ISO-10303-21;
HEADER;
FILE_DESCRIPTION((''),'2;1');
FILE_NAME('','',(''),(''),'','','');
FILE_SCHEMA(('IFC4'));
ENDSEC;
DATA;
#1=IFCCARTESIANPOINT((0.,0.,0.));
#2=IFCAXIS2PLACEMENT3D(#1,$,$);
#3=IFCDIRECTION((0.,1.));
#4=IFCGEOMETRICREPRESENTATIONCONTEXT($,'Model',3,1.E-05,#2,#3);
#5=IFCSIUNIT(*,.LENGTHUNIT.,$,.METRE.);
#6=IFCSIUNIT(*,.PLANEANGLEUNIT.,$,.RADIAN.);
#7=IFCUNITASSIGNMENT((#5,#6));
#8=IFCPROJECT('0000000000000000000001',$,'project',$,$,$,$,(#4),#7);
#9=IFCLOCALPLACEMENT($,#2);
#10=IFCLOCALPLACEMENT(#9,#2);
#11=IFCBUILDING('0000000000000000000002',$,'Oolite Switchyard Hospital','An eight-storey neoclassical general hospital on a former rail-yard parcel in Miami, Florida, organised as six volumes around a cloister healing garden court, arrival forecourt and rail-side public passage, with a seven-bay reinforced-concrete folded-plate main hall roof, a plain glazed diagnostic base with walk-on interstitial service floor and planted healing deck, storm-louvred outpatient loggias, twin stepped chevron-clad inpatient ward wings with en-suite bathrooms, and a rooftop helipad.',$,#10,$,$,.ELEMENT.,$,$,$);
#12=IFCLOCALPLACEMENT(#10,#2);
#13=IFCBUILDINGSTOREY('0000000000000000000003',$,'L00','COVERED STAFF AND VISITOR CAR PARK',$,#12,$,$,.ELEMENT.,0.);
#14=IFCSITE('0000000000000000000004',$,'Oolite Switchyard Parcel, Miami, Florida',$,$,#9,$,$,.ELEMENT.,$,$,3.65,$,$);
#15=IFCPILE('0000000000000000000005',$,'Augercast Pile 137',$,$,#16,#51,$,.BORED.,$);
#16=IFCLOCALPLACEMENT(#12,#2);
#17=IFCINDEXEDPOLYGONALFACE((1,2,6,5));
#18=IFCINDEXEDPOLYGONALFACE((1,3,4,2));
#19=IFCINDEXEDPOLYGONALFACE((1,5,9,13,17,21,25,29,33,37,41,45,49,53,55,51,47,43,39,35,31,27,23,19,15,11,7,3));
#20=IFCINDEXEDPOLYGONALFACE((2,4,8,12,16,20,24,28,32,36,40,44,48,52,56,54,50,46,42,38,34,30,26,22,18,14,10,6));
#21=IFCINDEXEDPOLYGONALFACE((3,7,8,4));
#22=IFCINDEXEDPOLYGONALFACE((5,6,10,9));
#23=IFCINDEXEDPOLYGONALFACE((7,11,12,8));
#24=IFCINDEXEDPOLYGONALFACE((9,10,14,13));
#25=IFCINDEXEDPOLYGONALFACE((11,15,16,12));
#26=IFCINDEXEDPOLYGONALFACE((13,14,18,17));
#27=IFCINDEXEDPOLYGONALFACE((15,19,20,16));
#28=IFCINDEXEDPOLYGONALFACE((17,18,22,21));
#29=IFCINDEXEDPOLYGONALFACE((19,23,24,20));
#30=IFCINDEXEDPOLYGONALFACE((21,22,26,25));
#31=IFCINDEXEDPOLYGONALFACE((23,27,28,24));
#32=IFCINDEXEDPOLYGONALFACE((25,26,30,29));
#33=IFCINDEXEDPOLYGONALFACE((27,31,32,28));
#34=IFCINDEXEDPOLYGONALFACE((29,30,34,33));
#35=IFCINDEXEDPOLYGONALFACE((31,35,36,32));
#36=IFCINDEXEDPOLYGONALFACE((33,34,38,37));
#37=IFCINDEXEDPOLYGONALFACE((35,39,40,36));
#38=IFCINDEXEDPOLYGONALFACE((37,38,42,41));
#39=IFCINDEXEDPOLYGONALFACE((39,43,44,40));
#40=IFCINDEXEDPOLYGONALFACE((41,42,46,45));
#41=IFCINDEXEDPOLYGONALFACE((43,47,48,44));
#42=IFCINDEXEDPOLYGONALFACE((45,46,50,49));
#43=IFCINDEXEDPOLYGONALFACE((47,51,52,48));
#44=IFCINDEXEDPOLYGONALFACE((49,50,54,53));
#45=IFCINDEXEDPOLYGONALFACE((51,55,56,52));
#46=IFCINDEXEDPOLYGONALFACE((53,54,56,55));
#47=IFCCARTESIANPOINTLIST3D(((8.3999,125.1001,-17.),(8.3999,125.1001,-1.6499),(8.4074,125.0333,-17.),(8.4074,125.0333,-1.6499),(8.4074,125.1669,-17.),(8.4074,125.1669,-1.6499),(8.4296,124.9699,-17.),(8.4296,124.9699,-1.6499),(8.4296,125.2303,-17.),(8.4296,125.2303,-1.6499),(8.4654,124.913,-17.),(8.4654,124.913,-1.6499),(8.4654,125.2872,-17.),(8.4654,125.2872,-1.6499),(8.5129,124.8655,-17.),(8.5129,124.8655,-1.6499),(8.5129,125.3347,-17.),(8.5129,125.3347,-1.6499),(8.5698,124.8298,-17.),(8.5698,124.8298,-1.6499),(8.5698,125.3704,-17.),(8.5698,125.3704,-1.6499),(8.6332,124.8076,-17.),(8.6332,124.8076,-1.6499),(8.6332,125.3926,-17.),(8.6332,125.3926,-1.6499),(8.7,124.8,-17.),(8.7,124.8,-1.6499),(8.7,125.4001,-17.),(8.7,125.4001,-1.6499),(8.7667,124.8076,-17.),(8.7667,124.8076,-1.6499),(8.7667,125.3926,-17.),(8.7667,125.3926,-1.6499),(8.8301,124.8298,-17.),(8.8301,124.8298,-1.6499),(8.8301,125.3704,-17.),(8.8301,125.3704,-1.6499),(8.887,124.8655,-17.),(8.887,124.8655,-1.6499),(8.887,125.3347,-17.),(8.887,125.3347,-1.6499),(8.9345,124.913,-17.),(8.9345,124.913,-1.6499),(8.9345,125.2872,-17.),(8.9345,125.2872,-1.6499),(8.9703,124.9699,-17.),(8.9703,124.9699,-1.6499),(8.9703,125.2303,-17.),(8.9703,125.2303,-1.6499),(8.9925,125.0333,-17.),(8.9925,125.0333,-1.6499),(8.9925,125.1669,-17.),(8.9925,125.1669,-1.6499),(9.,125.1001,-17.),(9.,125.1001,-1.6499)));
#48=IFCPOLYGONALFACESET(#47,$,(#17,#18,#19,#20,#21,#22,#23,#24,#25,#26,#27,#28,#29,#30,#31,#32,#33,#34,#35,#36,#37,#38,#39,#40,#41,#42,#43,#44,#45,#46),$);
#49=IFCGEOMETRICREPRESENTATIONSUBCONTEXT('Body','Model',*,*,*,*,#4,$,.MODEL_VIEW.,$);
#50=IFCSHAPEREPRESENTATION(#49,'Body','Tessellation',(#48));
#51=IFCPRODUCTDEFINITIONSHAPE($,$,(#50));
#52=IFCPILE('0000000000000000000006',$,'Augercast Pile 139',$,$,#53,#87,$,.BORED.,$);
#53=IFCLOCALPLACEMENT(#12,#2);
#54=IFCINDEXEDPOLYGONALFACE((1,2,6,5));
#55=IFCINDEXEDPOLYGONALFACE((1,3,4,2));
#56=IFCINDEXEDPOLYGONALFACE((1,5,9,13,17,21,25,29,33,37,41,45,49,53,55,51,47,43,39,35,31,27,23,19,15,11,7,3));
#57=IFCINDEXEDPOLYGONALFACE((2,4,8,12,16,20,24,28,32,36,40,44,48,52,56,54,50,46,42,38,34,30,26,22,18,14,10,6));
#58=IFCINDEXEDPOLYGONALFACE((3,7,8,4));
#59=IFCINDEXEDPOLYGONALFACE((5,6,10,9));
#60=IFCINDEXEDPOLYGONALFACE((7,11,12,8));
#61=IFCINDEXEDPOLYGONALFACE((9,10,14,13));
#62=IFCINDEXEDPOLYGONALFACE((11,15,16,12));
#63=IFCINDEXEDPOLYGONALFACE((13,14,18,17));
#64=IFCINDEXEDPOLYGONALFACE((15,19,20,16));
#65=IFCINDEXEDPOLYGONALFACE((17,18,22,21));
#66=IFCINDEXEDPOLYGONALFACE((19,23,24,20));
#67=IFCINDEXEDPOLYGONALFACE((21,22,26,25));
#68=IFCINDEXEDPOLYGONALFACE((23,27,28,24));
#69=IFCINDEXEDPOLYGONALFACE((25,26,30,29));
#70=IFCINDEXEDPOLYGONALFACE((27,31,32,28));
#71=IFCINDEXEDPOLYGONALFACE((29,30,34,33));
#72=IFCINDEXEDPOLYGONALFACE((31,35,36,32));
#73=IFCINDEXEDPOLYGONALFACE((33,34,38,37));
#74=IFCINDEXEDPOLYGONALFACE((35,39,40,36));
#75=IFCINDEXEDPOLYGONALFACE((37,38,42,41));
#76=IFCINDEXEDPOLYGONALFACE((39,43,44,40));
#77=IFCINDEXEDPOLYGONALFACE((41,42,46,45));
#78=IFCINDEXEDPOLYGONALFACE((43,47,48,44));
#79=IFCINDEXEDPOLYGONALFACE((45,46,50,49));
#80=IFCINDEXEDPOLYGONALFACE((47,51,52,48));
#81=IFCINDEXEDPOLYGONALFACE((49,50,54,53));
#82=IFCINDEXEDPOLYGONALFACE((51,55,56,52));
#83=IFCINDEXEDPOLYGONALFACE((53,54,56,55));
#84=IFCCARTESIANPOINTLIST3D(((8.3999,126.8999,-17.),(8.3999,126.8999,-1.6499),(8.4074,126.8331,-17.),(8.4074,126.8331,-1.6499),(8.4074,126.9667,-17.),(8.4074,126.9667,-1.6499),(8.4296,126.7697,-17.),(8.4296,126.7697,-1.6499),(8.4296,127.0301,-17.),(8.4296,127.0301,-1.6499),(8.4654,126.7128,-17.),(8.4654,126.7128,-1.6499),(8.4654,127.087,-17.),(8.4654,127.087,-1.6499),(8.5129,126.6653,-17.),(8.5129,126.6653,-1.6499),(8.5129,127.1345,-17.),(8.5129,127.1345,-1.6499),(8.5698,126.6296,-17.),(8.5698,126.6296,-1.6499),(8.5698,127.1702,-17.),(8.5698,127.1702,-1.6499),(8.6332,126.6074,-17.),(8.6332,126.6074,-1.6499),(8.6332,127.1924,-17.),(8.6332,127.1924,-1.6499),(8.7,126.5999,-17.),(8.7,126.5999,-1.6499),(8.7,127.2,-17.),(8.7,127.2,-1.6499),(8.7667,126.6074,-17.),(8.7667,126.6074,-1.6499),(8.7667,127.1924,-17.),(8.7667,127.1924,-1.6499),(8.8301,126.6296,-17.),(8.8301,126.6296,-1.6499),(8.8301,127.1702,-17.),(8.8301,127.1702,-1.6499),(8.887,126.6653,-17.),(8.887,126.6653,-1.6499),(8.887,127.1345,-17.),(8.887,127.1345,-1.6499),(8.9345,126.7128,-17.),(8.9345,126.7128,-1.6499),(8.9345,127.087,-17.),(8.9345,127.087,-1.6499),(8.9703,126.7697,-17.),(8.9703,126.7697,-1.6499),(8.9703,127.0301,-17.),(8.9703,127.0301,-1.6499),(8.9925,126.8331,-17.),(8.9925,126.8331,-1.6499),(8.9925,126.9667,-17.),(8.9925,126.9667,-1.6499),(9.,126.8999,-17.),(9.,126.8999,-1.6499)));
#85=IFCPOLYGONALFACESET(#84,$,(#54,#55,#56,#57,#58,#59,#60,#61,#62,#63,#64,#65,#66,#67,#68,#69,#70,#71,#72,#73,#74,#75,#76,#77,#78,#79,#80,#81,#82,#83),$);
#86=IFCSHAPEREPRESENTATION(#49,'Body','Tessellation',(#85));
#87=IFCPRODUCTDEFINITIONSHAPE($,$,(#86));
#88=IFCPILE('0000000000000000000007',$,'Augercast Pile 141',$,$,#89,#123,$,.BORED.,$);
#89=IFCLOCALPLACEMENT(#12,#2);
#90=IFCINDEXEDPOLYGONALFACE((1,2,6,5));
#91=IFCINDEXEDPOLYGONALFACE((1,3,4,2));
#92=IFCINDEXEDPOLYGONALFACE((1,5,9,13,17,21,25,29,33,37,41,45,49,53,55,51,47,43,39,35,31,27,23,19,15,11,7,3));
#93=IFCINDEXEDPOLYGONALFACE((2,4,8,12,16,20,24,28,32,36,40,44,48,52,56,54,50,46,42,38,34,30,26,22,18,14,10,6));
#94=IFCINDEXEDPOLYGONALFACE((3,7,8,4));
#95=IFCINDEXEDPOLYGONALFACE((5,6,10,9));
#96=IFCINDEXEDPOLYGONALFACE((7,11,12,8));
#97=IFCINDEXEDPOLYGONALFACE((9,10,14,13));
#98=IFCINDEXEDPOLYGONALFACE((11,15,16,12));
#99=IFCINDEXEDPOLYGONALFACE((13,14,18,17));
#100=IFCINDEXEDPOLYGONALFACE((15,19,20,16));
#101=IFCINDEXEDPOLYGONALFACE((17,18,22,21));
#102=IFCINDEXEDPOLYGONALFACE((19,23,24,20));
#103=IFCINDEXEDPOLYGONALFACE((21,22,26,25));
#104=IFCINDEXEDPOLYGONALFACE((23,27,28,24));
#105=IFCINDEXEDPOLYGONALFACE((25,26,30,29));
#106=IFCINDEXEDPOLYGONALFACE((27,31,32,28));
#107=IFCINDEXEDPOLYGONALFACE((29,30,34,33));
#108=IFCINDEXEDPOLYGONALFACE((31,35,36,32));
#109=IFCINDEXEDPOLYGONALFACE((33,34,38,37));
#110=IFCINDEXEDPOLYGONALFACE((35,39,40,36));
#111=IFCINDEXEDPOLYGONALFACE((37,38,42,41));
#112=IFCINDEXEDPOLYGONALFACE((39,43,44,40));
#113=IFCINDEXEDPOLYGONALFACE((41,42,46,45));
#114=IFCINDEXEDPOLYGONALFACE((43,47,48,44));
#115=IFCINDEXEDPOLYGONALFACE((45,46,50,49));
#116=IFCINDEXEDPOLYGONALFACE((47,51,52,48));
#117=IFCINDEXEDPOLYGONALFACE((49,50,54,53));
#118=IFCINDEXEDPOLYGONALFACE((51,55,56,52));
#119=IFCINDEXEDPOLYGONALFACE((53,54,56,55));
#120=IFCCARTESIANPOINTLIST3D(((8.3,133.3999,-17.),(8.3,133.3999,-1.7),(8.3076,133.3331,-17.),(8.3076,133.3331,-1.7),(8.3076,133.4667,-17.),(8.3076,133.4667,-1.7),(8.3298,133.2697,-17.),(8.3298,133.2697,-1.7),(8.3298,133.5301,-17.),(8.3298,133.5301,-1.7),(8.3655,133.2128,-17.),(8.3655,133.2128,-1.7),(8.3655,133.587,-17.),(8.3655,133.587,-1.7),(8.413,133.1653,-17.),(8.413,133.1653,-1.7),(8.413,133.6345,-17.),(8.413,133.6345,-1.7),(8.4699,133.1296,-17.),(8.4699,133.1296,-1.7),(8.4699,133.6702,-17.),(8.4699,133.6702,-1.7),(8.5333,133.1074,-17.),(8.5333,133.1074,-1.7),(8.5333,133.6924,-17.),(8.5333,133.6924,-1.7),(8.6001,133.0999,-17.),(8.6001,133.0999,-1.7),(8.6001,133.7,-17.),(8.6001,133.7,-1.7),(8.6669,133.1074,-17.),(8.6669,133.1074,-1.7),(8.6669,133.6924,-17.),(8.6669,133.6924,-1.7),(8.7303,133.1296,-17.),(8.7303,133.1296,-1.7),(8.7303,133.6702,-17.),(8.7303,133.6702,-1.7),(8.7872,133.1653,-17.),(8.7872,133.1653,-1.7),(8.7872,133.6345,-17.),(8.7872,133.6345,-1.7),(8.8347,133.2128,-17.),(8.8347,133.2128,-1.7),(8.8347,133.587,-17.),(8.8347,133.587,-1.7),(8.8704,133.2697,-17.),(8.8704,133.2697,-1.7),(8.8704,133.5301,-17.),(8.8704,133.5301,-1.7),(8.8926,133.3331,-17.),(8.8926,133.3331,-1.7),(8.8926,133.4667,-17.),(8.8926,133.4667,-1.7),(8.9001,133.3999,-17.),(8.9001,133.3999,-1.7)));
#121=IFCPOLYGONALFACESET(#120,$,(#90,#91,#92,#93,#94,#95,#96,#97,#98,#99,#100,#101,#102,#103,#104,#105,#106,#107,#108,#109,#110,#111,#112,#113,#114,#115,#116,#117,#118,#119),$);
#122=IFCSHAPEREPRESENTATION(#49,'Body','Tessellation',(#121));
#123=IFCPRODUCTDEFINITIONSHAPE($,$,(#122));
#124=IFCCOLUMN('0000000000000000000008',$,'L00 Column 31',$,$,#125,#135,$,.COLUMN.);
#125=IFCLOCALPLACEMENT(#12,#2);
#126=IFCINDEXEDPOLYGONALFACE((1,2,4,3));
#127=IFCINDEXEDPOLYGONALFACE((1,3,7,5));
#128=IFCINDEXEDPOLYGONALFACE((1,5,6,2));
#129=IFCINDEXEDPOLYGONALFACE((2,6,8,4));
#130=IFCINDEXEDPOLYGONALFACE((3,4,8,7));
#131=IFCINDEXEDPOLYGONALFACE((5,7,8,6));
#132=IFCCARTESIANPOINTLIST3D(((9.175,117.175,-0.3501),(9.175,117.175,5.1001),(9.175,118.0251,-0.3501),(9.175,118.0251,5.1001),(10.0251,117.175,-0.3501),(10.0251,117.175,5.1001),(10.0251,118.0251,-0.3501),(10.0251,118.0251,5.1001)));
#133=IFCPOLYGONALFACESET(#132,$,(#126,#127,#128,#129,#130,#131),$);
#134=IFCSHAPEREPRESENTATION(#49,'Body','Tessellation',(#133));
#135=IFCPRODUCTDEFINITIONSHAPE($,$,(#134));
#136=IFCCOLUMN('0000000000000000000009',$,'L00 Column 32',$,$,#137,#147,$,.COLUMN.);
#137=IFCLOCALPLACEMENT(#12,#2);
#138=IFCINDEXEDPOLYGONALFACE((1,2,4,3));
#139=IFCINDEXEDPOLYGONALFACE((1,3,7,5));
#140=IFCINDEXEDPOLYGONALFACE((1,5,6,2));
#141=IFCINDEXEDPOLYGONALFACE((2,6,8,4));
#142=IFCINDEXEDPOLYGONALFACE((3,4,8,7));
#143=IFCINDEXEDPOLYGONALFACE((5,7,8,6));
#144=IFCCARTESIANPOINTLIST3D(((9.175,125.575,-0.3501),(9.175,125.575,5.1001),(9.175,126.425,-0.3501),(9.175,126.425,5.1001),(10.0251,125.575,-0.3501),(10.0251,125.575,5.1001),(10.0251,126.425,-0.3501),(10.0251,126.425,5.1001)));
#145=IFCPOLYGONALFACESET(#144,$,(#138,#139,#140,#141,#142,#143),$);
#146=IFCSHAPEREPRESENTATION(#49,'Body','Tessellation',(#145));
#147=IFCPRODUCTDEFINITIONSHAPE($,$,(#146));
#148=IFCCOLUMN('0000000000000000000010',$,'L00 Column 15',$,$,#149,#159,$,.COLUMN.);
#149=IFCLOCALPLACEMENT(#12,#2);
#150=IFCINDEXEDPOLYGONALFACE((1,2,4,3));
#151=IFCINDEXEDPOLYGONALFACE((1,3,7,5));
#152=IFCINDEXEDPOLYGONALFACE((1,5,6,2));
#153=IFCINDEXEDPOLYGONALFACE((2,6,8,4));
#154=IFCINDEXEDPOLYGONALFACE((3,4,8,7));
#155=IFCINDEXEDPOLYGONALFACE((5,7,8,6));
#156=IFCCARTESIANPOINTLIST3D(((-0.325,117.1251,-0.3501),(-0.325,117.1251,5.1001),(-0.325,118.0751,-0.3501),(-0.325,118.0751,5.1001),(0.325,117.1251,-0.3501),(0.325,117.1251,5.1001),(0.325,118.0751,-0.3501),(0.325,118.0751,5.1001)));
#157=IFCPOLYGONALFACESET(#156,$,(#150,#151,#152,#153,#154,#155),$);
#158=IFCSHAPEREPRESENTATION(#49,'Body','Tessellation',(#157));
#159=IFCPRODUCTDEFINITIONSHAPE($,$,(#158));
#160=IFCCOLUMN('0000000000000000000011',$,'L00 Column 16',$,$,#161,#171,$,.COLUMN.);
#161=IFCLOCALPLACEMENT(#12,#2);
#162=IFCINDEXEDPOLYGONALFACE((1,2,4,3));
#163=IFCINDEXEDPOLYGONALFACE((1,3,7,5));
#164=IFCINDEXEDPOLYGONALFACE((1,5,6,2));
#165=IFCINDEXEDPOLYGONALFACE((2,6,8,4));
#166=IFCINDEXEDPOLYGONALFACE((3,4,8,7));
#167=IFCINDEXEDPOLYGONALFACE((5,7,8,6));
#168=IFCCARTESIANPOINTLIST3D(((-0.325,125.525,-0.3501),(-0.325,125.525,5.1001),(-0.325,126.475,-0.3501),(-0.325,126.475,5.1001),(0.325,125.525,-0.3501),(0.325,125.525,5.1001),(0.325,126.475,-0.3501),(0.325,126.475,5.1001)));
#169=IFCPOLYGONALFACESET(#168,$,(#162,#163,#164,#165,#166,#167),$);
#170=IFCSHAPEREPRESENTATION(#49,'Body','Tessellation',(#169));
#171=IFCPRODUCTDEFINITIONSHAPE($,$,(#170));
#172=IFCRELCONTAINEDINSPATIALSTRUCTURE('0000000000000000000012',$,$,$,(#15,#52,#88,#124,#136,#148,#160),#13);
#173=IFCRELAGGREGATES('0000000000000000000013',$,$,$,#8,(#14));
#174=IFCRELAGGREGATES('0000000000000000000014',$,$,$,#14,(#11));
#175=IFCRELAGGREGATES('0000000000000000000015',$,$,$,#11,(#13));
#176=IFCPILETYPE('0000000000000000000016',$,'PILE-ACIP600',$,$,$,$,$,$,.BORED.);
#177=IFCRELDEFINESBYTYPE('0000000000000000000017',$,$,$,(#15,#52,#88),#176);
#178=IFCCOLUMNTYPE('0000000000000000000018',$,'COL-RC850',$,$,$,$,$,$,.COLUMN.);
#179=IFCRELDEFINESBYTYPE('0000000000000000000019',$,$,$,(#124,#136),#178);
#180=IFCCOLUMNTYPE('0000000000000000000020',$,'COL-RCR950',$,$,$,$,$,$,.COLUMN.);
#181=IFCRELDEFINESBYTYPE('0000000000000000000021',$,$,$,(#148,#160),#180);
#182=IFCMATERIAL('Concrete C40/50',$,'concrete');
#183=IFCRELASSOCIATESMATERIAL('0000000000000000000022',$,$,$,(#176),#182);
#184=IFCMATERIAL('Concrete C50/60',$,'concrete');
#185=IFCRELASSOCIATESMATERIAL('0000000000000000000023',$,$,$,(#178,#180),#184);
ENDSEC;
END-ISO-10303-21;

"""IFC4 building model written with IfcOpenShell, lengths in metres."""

from ifc_helpers import new_model, si_unit, direction, frame, origin, origin_2d, place, context, subcontext, project, spatial, rectangle, circle, extrude, material, material_profile, profile_set, type_object, element, save


model = new_model("IFC4")

# Units and contexts
model_context = context("Model", 3, precision=1e-05, world=origin(), true_north=direction((0.0, 1.0)))
body_context = subcontext(model_context, "Body", "Model", "MODEL_VIEW")
ifc_project = project(units=[si_unit("LENGTHUNIT", "METRE"), si_unit("PLANEANGLEUNIT", "RADIAN")], contexts=[model_context])

# Site, building, storey
site_placement = place(None, origin())
site = spatial("IfcSite", under=ifc_project, at=site_placement, Name="Oolite Switchyard Parcel, Miami, Florida", CompositionType="ELEMENT", RefElevation=3.65)
building_placement = place(site_placement, origin())
building = spatial("IfcBuilding", under=site, at=building_placement, Name="Oolite Switchyard Hospital", Description="An eight-storey neoclassical general hospital on a former rail-yard parcel in Miami, Florida, organised as six volumes around a cloister healing garden court, arrival forecourt and rail-side public passage, with a seven-bay reinforced-concrete folded-plate main hall roof, a plain glazed diagnostic base with walk-on interstitial service floor and planted healing deck, storm-louvred outpatient loggias, twin stepped chevron-clad inpatient ward wings with en-suite bathrooms, and a rooftop helipad.", CompositionType="ELEMENT")
storey_placement = place(building_placement, origin())
storey = spatial("IfcBuildingStorey", under=building, at=storey_placement, Name="L00", Description="COVERED STAFF AND VISITOR CAR PARK", CompositionType="ELEMENT", Elevation=0.0)

# Shared definitions
ifc_material_1 = material(Name="Concrete C40/50", Category="concrete")

# Piles
ifc_material_profile_1 = material_profile(ifc_material_1, circle(Radius=0.3, at=origin_2d()), Name="PILE600")
ifc_profile_set_1 = profile_set([ifc_material_profile_1], Name="Concrete C40/50")
pile_type = type_object("IfcPileType", Name="PILE-ACIP600", PredefinedType="BORED", material=ifc_profile_set_1)
for number, where, z_axis, x_axis, name in (
    (1, (8.7, 125.1001, -1.6499), (0.0, 0.0, -1.0), (1.0, 0.0, 0.0), "Augercast Pile 137"),
    (2, (8.7, 126.8999, -1.6499), (0.0, 0.0, -1.0), (1.0, 0.0, 0.0), "Augercast Pile 139"),
):
    element("IfcPile", number, at=place(storey_placement, frame(where, z_axis=z_axis, x_axis=x_axis)), inside=storey, type_object=pile_type, Name=name, PredefinedType="BORED", context=body_context, shape_type="SweptSolid", body=[
        extrude(circle(Radius=0.3, at=origin_2d()), origin(), (0.0, 0.0, 1.0), 15.3501),
    ])
pile_1_placement = place(storey_placement, frame((8.6001, 133.3999, -1.7), z_axis=(0.0, 0.0, -1.0), x_axis=(1.0, 0.0, 0.0)))
element("IfcPile", 3, at=pile_1_placement, inside=storey, type_object=pile_type, Name="Augercast Pile 141", PredefinedType="BORED", context=body_context, shape_type="SweptSolid", body=[
    extrude(circle(Radius=0.3, at=origin_2d()), origin(), (0.0, 0.0, 1.0), 15.3),
])

# Columns
ifc_material_2 = material(Name="Concrete C50/60", Category="concrete")
ifc_material_profile_2 = material_profile(ifc_material_2, rectangle(XDim=0.8501, YDim=0.8501, at=origin_2d()), Name="RC850X850")
ifc_profile_set_2 = profile_set([ifc_material_profile_2], Name="Concrete C50/60")
column_type_1 = type_object("IfcColumnType", Name="COL-RC850", PredefinedType="COLUMN", material=ifc_profile_set_2)
for number, where, z_axis, x_axis, name in (
    (4, (9.6001, 117.6001, -0.3501), (0.0, 0.0, 1.0), (1.0, 0.0, 0.0), "L00 Column 31"),
    (5, (9.6001, 126.0, -0.3501), (0.0, 0.0, 1.0), (1.0, 0.0, 0.0), "L00 Column 32"),
):
    element("IfcColumn", number, at=place(storey_placement, frame(where, z_axis=z_axis, x_axis=x_axis)), inside=storey, type_object=column_type_1, Name=name, PredefinedType="COLUMN", context=body_context, shape_type="SweptSolid", body=[
        extrude(rectangle(XDim=0.8501, YDim=0.8501, at=origin_2d()), origin(), (0.0, 0.0, 1.0), 5.4502),
    ])
ifc_material_profile_3 = material_profile(ifc_material_2, rectangle(XDim=0.95, YDim=0.6499, at=origin_2d()), Name="RC950X650")
ifc_profile_set_3 = profile_set([ifc_material_profile_3], Name="Concrete C50/60")
column_type_2 = type_object("IfcColumnType", Name="COL-RCR950", PredefinedType="COLUMN", material=ifc_profile_set_3)
for number, where, z_axis, x_axis, name in (
    (6, (0.0, 117.6001, -0.3501), (0.0, 0.0, 1.0), (0.0, 1.0, 0.0), "L00 Column 15"),
    (7, (0.0, 126.0, -0.3501), (0.0, 0.0, 1.0), (0.0, 1.0, 0.0), "L00 Column 16"),
):
    element("IfcColumn", number, at=place(storey_placement, frame(where, z_axis=z_axis, x_axis=x_axis)), inside=storey, type_object=column_type_2, Name=name, PredefinedType="COLUMN", context=body_context, shape_type="SweptSolid", body=[
        extrude(rectangle(XDim=0.95, YDim=0.6499, at=origin_2d()), origin(), (0.0, 0.0, 1.0), 5.4502),
    ])

save(model, "model.ifc")
